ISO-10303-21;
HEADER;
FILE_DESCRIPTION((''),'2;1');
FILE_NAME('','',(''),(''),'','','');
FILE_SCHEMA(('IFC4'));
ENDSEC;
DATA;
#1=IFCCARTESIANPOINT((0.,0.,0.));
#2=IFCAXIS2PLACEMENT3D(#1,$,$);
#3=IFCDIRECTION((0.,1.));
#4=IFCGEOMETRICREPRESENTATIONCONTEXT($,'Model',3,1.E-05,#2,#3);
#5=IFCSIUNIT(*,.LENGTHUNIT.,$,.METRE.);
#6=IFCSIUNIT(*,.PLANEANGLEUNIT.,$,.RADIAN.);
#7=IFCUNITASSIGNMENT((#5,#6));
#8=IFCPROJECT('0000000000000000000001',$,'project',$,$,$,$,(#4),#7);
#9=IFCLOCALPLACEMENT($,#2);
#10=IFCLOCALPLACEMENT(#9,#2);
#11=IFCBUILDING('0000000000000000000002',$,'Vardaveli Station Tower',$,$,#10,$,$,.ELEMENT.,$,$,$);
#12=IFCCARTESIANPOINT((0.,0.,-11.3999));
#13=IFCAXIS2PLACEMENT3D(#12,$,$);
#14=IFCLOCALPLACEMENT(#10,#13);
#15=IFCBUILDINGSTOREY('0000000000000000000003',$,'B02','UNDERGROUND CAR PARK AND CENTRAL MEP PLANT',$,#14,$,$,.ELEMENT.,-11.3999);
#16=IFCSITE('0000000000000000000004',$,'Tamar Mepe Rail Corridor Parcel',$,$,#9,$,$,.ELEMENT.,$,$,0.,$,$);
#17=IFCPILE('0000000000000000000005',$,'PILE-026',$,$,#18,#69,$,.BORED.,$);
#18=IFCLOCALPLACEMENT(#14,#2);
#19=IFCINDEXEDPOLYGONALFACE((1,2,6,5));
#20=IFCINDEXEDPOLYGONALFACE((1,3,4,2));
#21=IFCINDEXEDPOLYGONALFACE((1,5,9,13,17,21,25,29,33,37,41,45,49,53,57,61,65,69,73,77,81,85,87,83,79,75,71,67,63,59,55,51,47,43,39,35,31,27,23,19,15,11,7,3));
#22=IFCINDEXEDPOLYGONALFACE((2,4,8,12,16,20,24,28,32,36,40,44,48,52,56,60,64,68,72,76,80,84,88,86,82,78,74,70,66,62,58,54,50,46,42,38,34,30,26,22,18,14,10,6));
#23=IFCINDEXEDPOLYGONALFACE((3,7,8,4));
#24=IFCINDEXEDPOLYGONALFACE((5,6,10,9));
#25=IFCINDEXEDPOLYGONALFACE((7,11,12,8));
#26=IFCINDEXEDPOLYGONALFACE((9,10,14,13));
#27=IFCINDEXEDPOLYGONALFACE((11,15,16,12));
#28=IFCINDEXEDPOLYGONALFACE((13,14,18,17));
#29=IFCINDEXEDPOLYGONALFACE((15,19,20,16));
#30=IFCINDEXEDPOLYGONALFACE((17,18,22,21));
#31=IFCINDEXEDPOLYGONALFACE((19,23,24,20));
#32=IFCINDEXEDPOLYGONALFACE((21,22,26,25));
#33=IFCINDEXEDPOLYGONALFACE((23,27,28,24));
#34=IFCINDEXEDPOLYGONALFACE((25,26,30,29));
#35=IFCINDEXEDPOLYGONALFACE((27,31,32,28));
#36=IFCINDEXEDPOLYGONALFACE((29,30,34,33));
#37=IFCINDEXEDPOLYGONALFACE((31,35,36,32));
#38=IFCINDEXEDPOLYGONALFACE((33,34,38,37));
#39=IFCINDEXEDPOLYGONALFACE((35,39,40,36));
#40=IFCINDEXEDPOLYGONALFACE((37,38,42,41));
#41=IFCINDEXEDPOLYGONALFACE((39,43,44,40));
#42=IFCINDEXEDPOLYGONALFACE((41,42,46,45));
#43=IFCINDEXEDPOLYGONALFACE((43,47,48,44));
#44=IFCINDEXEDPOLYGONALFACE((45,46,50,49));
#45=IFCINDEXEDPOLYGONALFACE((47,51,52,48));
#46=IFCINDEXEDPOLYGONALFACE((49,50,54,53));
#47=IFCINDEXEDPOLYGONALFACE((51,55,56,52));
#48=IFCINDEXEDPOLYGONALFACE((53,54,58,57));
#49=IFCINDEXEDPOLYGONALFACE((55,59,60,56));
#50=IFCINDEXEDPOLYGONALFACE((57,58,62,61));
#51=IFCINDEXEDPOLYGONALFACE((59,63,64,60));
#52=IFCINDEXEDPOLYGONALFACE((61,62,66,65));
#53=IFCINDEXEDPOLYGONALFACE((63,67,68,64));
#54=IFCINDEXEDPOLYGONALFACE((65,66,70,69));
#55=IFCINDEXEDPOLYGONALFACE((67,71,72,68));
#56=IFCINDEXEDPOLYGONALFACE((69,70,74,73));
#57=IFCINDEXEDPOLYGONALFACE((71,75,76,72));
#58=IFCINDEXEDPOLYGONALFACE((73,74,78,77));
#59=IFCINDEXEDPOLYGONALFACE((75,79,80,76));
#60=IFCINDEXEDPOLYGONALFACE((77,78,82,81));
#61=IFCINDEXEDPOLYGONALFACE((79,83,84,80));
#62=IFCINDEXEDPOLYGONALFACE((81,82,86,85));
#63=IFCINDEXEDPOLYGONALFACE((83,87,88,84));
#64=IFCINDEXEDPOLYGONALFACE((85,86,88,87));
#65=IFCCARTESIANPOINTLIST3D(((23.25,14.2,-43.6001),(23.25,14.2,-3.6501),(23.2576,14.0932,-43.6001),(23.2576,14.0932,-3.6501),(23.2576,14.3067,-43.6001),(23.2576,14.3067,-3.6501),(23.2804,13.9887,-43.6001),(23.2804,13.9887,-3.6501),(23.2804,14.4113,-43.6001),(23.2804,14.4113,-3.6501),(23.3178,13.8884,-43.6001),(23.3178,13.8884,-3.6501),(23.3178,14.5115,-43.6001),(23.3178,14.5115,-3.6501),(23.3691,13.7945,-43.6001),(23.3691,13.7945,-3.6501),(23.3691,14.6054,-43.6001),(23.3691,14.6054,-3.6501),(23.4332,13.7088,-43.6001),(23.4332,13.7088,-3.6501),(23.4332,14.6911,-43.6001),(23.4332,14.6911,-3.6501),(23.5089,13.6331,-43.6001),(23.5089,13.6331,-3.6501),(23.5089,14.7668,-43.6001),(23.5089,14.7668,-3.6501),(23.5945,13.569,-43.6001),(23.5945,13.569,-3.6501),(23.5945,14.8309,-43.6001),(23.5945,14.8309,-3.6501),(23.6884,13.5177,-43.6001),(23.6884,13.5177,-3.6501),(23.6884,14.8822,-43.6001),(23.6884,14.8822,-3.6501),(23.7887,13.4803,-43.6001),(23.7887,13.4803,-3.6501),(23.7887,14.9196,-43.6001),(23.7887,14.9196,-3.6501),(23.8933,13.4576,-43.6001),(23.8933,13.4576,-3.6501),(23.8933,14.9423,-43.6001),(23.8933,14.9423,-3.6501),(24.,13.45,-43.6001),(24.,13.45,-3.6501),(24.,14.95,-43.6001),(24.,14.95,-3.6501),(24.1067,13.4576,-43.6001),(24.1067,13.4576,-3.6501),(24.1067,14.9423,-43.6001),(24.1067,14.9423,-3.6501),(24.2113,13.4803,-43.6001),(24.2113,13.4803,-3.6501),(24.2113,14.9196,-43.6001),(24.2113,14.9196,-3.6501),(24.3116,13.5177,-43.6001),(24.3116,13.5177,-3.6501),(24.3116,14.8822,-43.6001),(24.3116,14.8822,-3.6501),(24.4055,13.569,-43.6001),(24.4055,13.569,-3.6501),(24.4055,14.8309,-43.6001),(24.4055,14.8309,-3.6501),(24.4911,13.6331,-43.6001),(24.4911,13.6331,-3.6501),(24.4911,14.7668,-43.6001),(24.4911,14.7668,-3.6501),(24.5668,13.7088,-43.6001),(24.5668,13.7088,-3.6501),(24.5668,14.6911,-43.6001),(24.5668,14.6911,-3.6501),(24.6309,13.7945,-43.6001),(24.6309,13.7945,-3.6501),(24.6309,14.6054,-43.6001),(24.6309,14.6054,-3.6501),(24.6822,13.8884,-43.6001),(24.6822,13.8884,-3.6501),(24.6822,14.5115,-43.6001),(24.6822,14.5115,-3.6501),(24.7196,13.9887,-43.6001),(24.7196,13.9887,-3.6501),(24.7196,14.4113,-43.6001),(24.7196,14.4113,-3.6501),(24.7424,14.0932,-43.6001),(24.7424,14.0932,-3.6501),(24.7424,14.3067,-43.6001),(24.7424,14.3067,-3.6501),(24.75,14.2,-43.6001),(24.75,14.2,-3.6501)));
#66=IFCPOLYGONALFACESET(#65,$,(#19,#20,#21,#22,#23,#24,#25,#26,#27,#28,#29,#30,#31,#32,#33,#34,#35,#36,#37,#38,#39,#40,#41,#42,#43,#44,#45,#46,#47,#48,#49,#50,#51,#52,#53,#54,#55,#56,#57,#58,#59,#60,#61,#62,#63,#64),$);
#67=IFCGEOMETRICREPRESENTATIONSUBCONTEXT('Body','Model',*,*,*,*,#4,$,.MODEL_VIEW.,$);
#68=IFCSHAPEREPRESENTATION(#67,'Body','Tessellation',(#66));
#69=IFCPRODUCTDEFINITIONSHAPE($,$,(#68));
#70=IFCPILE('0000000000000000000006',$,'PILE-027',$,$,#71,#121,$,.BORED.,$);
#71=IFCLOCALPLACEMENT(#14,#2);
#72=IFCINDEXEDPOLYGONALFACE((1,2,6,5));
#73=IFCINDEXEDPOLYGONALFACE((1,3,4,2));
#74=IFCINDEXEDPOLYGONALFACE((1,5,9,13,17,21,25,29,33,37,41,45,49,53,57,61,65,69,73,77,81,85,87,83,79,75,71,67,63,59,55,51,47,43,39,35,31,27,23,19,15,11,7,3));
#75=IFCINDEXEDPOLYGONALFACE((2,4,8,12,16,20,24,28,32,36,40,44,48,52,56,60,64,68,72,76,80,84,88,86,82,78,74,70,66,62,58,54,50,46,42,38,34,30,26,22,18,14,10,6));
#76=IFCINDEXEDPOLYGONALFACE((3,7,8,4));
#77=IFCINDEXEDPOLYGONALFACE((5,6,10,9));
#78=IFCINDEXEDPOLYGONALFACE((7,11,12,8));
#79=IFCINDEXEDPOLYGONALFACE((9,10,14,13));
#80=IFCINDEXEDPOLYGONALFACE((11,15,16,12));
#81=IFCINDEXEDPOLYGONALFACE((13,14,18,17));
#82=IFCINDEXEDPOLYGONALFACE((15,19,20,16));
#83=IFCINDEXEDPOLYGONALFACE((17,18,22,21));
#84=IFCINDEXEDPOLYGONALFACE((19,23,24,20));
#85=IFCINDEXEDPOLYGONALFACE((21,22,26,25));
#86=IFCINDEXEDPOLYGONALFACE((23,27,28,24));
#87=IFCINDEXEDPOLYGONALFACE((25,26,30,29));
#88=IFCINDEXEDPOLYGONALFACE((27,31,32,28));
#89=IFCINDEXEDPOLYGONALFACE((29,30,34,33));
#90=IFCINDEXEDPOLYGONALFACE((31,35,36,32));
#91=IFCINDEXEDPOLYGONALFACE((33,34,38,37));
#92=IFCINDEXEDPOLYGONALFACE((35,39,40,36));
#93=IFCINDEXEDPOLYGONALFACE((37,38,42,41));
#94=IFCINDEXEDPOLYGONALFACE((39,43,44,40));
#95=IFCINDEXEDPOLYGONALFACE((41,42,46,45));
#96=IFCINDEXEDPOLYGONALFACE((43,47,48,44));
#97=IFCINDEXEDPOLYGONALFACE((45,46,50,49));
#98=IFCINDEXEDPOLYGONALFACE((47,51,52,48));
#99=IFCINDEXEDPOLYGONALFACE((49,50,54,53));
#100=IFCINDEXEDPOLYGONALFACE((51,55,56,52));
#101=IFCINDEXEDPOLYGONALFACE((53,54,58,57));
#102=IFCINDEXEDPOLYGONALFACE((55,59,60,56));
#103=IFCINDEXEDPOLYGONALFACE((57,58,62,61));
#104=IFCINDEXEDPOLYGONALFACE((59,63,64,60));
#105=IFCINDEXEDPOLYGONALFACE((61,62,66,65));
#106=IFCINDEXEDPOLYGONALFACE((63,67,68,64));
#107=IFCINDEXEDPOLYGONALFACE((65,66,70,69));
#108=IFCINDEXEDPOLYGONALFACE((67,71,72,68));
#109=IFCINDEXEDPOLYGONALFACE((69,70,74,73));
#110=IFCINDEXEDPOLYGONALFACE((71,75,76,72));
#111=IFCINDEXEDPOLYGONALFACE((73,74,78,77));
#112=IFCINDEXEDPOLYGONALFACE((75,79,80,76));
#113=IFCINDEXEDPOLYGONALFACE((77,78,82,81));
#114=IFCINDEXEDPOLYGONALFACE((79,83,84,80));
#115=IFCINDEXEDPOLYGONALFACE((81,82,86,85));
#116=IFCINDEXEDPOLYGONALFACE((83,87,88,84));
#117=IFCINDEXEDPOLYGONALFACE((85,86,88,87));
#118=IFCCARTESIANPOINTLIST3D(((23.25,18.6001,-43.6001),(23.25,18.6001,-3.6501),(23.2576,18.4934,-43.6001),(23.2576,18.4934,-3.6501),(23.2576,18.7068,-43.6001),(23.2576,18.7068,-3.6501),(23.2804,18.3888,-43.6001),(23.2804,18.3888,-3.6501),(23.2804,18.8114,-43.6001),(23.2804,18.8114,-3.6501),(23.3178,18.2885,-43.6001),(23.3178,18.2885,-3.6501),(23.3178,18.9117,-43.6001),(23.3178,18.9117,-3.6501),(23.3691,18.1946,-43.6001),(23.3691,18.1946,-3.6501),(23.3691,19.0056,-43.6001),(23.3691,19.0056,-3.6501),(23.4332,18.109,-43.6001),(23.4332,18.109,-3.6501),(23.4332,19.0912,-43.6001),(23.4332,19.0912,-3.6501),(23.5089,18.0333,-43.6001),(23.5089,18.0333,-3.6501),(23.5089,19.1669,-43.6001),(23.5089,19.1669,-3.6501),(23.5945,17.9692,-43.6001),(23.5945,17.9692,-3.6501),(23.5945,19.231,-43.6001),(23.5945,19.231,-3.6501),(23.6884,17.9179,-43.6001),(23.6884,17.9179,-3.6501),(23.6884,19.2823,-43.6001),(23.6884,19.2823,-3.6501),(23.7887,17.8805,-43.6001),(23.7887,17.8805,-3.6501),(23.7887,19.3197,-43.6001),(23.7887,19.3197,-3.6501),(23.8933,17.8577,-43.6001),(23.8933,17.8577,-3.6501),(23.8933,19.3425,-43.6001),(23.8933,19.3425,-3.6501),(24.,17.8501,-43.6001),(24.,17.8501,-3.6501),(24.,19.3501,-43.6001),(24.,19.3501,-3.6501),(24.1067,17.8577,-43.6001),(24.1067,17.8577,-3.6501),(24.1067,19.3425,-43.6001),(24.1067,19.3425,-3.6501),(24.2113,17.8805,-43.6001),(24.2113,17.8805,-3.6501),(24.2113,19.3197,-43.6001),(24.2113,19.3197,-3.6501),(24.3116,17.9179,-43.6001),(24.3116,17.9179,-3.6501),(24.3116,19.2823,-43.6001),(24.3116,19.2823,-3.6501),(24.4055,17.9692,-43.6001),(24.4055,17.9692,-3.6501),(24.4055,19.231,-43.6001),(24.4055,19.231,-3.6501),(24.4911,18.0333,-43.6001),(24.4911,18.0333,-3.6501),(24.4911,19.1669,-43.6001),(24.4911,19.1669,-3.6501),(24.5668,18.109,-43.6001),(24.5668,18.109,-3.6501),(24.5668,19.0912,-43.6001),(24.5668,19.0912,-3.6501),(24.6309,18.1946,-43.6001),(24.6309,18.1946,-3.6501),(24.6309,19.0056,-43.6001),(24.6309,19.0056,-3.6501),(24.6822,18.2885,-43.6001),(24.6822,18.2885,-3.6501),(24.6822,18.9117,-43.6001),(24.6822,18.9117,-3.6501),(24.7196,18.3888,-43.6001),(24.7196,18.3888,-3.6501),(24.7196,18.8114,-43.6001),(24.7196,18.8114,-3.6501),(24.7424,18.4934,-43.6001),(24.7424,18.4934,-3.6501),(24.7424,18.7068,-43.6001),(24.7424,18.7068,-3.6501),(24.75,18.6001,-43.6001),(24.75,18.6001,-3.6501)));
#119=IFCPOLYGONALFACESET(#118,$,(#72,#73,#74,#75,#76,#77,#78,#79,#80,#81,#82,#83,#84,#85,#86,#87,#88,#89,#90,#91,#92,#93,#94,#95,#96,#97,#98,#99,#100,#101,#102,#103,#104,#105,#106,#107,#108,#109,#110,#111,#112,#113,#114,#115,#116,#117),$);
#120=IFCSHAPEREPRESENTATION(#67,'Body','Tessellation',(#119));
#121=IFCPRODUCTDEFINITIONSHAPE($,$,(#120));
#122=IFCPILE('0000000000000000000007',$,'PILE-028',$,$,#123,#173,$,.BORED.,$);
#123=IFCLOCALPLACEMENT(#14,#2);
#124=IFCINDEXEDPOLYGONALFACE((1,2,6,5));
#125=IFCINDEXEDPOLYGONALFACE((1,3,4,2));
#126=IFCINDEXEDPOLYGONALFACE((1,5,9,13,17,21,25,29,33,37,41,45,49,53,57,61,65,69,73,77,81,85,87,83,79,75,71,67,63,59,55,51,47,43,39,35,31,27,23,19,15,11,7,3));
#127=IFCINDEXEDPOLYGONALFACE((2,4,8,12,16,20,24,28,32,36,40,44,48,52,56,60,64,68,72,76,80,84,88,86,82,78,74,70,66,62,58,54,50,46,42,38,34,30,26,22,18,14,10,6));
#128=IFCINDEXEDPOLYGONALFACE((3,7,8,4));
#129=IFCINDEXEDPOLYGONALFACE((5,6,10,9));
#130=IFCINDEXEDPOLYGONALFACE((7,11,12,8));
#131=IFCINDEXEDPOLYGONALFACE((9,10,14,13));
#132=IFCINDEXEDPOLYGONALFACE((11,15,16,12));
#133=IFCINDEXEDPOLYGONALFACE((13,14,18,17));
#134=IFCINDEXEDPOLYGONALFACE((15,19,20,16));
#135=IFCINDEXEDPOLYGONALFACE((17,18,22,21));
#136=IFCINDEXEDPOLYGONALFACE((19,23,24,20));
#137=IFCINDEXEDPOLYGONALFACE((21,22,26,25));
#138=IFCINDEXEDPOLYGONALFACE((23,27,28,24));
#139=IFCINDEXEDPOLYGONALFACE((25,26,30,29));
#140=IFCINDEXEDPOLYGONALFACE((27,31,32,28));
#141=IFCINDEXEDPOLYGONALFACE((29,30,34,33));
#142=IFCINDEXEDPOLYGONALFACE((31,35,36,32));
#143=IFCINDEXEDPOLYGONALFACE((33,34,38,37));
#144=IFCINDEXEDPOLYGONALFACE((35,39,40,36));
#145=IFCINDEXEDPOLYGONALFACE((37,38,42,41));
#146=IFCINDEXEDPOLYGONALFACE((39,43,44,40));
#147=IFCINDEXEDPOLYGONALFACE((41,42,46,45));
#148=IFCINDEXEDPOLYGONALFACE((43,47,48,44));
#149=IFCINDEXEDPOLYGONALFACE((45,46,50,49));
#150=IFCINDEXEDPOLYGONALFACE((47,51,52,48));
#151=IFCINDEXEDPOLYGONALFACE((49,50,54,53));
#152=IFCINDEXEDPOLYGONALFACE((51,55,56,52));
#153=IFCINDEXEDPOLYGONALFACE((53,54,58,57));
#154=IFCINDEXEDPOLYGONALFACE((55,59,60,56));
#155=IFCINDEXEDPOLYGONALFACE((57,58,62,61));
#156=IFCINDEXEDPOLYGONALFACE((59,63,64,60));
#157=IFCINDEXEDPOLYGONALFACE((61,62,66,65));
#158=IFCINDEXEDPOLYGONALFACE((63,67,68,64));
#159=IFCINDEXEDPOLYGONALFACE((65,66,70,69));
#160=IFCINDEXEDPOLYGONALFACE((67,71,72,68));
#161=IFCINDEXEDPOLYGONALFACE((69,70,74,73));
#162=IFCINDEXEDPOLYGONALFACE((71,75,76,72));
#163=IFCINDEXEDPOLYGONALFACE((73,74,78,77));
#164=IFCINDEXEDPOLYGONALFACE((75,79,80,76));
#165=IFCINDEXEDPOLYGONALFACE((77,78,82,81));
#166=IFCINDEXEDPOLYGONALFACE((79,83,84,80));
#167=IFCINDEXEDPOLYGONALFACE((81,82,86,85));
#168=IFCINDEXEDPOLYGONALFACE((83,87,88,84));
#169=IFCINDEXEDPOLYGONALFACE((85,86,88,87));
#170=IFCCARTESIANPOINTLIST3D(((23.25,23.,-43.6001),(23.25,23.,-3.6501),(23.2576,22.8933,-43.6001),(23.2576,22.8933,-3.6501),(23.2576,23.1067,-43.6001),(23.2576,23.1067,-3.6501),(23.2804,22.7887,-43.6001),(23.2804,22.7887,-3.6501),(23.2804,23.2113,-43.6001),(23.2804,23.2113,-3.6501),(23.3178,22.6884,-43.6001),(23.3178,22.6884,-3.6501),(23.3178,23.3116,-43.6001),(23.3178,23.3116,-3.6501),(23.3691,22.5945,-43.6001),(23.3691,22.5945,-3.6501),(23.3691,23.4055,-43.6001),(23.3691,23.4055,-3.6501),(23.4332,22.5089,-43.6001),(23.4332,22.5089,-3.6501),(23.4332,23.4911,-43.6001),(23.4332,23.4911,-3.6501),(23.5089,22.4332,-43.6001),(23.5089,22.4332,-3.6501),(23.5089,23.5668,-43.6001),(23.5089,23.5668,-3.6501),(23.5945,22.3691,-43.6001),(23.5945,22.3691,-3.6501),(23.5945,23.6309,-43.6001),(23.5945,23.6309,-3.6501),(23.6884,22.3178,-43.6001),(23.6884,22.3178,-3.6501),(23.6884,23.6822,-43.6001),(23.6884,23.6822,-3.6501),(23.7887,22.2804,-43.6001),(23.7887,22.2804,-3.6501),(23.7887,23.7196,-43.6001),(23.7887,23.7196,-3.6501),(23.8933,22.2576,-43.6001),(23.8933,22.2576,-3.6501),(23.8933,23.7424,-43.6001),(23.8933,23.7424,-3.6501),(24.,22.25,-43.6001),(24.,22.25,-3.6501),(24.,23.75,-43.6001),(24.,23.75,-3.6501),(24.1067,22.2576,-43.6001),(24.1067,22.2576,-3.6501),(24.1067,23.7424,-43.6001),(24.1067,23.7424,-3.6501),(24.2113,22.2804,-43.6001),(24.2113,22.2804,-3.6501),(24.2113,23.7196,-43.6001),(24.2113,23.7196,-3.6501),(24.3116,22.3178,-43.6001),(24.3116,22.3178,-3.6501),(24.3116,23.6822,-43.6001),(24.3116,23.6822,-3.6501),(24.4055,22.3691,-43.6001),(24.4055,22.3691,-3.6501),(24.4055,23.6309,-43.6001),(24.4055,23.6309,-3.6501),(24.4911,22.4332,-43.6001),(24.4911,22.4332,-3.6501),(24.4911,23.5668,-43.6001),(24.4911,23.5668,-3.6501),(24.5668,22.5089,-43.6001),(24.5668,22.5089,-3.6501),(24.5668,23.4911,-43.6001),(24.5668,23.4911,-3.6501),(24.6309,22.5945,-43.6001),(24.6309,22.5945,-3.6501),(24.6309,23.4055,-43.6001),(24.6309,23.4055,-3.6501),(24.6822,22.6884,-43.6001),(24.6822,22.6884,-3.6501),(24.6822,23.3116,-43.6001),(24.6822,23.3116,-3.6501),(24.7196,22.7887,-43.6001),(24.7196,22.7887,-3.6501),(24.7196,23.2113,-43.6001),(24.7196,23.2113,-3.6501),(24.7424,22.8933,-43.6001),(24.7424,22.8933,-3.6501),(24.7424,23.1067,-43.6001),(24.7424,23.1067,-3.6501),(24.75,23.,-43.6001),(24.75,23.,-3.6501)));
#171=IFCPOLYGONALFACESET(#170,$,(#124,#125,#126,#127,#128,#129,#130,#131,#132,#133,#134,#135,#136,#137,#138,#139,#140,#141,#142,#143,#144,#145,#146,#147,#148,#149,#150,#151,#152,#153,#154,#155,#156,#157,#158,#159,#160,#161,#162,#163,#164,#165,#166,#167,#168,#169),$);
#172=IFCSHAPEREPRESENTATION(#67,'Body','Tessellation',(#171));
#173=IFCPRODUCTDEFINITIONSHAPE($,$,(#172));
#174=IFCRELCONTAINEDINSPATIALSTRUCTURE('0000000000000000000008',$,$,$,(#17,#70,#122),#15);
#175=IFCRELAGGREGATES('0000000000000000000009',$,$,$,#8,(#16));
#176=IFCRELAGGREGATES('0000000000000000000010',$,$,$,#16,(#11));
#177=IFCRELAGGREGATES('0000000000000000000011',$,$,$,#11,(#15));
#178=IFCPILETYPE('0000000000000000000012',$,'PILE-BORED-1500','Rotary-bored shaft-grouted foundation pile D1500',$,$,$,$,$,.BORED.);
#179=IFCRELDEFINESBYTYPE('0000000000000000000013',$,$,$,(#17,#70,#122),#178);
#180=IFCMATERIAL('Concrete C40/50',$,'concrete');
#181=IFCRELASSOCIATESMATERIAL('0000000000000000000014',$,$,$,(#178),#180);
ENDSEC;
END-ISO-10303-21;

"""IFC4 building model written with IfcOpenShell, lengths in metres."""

from ifc_helpers import new_model, si_unit, direction, frame, origin, origin_2d, place, context, subcontext, project, spatial, circle, extrude, source, transform, mapped, material, material_profile, profile_set, type_object, element, save


model = new_model("IFC4")

# Units and contexts
model_context = context("Model", 3, precision=1e-05, world=origin(), true_north=direction((0.0, 1.0)))
body_context = subcontext(model_context, "Body", "Model", "MODEL_VIEW")
ifc_project = project(units=[si_unit("LENGTHUNIT", "METRE"), si_unit("PLANEANGLEUNIT", "RADIAN")], contexts=[model_context])

# Site, building, storey
site_placement = place(None, origin())
site = spatial("IfcSite", under=ifc_project, at=site_placement, Name="Tamar Mepe Rail Corridor Parcel", CompositionType="ELEMENT", RefElevation=0.0)
building_placement = place(site_placement, origin())
building = spatial("IfcBuilding", under=site, at=building_placement, Name="Vardaveli Station Tower", CompositionType="ELEMENT")
storey_placement = place(building_placement, frame((0.0, 0.0, -11.3999)))
storey = spatial("IfcBuildingStorey", under=building, at=storey_placement, Name="B02", Description="UNDERGROUND CAR PARK AND CENTRAL MEP PLANT", CompositionType="ELEMENT", Elevation=-11.3999)

# Piles
ifc_material_1 = material(Name="Concrete C40/50", Category="concrete")
ifc_material_profile_1 = material_profile(ifc_material_1, circle(Radius=0.75, at=origin_2d()), Name="PILE D1500")
ifc_profile_set_1 = profile_set([ifc_material_profile_1], Name="Concrete C40/50")
pile_type_1 = type_object("IfcPileType", Name="PILE-BORED-1500", Description="Rotary-bored shaft-grouted foundation pile D1500", PredefinedType="BORED", material=ifc_profile_set_1)
shared_shape_1 = source(origin(), body_context, "Body", "SweptSolid", [
    extrude(circle(Radius=0.75, at=origin_2d()), origin(), (0.0, 0.0, 1.0), 39.95),
])
for number, where, z_axis, x_axis, name in (
    (1, (24.0, 14.2, -3.6501), (0.0, 0.0, -1.0), (1.0, 0.0, 0.0), "PILE-026"),
    (2, (24.0, 18.6001, -3.6501), (0.0, 0.0, -1.0), (1.0, 0.0, 0.0), "PILE-027"),
    (3, (24.0, 23.0, -3.6501), (0.0, 0.0, -1.0), (1.0, 0.0, 0.0), "PILE-028"),
):
    element("IfcPile", number, at=place(storey_placement, frame(where, z_axis=z_axis, x_axis=x_axis)), inside=storey, type_object=pile_type_1, Name=name, PredefinedType="BORED", context=body_context, shape_type="MappedRepresentation", body=[
        mapped(shared_shape_1, transform((0.0, 0.0, 0.0), scale=1.0)),
    ])

save(model, "model.ifc")
